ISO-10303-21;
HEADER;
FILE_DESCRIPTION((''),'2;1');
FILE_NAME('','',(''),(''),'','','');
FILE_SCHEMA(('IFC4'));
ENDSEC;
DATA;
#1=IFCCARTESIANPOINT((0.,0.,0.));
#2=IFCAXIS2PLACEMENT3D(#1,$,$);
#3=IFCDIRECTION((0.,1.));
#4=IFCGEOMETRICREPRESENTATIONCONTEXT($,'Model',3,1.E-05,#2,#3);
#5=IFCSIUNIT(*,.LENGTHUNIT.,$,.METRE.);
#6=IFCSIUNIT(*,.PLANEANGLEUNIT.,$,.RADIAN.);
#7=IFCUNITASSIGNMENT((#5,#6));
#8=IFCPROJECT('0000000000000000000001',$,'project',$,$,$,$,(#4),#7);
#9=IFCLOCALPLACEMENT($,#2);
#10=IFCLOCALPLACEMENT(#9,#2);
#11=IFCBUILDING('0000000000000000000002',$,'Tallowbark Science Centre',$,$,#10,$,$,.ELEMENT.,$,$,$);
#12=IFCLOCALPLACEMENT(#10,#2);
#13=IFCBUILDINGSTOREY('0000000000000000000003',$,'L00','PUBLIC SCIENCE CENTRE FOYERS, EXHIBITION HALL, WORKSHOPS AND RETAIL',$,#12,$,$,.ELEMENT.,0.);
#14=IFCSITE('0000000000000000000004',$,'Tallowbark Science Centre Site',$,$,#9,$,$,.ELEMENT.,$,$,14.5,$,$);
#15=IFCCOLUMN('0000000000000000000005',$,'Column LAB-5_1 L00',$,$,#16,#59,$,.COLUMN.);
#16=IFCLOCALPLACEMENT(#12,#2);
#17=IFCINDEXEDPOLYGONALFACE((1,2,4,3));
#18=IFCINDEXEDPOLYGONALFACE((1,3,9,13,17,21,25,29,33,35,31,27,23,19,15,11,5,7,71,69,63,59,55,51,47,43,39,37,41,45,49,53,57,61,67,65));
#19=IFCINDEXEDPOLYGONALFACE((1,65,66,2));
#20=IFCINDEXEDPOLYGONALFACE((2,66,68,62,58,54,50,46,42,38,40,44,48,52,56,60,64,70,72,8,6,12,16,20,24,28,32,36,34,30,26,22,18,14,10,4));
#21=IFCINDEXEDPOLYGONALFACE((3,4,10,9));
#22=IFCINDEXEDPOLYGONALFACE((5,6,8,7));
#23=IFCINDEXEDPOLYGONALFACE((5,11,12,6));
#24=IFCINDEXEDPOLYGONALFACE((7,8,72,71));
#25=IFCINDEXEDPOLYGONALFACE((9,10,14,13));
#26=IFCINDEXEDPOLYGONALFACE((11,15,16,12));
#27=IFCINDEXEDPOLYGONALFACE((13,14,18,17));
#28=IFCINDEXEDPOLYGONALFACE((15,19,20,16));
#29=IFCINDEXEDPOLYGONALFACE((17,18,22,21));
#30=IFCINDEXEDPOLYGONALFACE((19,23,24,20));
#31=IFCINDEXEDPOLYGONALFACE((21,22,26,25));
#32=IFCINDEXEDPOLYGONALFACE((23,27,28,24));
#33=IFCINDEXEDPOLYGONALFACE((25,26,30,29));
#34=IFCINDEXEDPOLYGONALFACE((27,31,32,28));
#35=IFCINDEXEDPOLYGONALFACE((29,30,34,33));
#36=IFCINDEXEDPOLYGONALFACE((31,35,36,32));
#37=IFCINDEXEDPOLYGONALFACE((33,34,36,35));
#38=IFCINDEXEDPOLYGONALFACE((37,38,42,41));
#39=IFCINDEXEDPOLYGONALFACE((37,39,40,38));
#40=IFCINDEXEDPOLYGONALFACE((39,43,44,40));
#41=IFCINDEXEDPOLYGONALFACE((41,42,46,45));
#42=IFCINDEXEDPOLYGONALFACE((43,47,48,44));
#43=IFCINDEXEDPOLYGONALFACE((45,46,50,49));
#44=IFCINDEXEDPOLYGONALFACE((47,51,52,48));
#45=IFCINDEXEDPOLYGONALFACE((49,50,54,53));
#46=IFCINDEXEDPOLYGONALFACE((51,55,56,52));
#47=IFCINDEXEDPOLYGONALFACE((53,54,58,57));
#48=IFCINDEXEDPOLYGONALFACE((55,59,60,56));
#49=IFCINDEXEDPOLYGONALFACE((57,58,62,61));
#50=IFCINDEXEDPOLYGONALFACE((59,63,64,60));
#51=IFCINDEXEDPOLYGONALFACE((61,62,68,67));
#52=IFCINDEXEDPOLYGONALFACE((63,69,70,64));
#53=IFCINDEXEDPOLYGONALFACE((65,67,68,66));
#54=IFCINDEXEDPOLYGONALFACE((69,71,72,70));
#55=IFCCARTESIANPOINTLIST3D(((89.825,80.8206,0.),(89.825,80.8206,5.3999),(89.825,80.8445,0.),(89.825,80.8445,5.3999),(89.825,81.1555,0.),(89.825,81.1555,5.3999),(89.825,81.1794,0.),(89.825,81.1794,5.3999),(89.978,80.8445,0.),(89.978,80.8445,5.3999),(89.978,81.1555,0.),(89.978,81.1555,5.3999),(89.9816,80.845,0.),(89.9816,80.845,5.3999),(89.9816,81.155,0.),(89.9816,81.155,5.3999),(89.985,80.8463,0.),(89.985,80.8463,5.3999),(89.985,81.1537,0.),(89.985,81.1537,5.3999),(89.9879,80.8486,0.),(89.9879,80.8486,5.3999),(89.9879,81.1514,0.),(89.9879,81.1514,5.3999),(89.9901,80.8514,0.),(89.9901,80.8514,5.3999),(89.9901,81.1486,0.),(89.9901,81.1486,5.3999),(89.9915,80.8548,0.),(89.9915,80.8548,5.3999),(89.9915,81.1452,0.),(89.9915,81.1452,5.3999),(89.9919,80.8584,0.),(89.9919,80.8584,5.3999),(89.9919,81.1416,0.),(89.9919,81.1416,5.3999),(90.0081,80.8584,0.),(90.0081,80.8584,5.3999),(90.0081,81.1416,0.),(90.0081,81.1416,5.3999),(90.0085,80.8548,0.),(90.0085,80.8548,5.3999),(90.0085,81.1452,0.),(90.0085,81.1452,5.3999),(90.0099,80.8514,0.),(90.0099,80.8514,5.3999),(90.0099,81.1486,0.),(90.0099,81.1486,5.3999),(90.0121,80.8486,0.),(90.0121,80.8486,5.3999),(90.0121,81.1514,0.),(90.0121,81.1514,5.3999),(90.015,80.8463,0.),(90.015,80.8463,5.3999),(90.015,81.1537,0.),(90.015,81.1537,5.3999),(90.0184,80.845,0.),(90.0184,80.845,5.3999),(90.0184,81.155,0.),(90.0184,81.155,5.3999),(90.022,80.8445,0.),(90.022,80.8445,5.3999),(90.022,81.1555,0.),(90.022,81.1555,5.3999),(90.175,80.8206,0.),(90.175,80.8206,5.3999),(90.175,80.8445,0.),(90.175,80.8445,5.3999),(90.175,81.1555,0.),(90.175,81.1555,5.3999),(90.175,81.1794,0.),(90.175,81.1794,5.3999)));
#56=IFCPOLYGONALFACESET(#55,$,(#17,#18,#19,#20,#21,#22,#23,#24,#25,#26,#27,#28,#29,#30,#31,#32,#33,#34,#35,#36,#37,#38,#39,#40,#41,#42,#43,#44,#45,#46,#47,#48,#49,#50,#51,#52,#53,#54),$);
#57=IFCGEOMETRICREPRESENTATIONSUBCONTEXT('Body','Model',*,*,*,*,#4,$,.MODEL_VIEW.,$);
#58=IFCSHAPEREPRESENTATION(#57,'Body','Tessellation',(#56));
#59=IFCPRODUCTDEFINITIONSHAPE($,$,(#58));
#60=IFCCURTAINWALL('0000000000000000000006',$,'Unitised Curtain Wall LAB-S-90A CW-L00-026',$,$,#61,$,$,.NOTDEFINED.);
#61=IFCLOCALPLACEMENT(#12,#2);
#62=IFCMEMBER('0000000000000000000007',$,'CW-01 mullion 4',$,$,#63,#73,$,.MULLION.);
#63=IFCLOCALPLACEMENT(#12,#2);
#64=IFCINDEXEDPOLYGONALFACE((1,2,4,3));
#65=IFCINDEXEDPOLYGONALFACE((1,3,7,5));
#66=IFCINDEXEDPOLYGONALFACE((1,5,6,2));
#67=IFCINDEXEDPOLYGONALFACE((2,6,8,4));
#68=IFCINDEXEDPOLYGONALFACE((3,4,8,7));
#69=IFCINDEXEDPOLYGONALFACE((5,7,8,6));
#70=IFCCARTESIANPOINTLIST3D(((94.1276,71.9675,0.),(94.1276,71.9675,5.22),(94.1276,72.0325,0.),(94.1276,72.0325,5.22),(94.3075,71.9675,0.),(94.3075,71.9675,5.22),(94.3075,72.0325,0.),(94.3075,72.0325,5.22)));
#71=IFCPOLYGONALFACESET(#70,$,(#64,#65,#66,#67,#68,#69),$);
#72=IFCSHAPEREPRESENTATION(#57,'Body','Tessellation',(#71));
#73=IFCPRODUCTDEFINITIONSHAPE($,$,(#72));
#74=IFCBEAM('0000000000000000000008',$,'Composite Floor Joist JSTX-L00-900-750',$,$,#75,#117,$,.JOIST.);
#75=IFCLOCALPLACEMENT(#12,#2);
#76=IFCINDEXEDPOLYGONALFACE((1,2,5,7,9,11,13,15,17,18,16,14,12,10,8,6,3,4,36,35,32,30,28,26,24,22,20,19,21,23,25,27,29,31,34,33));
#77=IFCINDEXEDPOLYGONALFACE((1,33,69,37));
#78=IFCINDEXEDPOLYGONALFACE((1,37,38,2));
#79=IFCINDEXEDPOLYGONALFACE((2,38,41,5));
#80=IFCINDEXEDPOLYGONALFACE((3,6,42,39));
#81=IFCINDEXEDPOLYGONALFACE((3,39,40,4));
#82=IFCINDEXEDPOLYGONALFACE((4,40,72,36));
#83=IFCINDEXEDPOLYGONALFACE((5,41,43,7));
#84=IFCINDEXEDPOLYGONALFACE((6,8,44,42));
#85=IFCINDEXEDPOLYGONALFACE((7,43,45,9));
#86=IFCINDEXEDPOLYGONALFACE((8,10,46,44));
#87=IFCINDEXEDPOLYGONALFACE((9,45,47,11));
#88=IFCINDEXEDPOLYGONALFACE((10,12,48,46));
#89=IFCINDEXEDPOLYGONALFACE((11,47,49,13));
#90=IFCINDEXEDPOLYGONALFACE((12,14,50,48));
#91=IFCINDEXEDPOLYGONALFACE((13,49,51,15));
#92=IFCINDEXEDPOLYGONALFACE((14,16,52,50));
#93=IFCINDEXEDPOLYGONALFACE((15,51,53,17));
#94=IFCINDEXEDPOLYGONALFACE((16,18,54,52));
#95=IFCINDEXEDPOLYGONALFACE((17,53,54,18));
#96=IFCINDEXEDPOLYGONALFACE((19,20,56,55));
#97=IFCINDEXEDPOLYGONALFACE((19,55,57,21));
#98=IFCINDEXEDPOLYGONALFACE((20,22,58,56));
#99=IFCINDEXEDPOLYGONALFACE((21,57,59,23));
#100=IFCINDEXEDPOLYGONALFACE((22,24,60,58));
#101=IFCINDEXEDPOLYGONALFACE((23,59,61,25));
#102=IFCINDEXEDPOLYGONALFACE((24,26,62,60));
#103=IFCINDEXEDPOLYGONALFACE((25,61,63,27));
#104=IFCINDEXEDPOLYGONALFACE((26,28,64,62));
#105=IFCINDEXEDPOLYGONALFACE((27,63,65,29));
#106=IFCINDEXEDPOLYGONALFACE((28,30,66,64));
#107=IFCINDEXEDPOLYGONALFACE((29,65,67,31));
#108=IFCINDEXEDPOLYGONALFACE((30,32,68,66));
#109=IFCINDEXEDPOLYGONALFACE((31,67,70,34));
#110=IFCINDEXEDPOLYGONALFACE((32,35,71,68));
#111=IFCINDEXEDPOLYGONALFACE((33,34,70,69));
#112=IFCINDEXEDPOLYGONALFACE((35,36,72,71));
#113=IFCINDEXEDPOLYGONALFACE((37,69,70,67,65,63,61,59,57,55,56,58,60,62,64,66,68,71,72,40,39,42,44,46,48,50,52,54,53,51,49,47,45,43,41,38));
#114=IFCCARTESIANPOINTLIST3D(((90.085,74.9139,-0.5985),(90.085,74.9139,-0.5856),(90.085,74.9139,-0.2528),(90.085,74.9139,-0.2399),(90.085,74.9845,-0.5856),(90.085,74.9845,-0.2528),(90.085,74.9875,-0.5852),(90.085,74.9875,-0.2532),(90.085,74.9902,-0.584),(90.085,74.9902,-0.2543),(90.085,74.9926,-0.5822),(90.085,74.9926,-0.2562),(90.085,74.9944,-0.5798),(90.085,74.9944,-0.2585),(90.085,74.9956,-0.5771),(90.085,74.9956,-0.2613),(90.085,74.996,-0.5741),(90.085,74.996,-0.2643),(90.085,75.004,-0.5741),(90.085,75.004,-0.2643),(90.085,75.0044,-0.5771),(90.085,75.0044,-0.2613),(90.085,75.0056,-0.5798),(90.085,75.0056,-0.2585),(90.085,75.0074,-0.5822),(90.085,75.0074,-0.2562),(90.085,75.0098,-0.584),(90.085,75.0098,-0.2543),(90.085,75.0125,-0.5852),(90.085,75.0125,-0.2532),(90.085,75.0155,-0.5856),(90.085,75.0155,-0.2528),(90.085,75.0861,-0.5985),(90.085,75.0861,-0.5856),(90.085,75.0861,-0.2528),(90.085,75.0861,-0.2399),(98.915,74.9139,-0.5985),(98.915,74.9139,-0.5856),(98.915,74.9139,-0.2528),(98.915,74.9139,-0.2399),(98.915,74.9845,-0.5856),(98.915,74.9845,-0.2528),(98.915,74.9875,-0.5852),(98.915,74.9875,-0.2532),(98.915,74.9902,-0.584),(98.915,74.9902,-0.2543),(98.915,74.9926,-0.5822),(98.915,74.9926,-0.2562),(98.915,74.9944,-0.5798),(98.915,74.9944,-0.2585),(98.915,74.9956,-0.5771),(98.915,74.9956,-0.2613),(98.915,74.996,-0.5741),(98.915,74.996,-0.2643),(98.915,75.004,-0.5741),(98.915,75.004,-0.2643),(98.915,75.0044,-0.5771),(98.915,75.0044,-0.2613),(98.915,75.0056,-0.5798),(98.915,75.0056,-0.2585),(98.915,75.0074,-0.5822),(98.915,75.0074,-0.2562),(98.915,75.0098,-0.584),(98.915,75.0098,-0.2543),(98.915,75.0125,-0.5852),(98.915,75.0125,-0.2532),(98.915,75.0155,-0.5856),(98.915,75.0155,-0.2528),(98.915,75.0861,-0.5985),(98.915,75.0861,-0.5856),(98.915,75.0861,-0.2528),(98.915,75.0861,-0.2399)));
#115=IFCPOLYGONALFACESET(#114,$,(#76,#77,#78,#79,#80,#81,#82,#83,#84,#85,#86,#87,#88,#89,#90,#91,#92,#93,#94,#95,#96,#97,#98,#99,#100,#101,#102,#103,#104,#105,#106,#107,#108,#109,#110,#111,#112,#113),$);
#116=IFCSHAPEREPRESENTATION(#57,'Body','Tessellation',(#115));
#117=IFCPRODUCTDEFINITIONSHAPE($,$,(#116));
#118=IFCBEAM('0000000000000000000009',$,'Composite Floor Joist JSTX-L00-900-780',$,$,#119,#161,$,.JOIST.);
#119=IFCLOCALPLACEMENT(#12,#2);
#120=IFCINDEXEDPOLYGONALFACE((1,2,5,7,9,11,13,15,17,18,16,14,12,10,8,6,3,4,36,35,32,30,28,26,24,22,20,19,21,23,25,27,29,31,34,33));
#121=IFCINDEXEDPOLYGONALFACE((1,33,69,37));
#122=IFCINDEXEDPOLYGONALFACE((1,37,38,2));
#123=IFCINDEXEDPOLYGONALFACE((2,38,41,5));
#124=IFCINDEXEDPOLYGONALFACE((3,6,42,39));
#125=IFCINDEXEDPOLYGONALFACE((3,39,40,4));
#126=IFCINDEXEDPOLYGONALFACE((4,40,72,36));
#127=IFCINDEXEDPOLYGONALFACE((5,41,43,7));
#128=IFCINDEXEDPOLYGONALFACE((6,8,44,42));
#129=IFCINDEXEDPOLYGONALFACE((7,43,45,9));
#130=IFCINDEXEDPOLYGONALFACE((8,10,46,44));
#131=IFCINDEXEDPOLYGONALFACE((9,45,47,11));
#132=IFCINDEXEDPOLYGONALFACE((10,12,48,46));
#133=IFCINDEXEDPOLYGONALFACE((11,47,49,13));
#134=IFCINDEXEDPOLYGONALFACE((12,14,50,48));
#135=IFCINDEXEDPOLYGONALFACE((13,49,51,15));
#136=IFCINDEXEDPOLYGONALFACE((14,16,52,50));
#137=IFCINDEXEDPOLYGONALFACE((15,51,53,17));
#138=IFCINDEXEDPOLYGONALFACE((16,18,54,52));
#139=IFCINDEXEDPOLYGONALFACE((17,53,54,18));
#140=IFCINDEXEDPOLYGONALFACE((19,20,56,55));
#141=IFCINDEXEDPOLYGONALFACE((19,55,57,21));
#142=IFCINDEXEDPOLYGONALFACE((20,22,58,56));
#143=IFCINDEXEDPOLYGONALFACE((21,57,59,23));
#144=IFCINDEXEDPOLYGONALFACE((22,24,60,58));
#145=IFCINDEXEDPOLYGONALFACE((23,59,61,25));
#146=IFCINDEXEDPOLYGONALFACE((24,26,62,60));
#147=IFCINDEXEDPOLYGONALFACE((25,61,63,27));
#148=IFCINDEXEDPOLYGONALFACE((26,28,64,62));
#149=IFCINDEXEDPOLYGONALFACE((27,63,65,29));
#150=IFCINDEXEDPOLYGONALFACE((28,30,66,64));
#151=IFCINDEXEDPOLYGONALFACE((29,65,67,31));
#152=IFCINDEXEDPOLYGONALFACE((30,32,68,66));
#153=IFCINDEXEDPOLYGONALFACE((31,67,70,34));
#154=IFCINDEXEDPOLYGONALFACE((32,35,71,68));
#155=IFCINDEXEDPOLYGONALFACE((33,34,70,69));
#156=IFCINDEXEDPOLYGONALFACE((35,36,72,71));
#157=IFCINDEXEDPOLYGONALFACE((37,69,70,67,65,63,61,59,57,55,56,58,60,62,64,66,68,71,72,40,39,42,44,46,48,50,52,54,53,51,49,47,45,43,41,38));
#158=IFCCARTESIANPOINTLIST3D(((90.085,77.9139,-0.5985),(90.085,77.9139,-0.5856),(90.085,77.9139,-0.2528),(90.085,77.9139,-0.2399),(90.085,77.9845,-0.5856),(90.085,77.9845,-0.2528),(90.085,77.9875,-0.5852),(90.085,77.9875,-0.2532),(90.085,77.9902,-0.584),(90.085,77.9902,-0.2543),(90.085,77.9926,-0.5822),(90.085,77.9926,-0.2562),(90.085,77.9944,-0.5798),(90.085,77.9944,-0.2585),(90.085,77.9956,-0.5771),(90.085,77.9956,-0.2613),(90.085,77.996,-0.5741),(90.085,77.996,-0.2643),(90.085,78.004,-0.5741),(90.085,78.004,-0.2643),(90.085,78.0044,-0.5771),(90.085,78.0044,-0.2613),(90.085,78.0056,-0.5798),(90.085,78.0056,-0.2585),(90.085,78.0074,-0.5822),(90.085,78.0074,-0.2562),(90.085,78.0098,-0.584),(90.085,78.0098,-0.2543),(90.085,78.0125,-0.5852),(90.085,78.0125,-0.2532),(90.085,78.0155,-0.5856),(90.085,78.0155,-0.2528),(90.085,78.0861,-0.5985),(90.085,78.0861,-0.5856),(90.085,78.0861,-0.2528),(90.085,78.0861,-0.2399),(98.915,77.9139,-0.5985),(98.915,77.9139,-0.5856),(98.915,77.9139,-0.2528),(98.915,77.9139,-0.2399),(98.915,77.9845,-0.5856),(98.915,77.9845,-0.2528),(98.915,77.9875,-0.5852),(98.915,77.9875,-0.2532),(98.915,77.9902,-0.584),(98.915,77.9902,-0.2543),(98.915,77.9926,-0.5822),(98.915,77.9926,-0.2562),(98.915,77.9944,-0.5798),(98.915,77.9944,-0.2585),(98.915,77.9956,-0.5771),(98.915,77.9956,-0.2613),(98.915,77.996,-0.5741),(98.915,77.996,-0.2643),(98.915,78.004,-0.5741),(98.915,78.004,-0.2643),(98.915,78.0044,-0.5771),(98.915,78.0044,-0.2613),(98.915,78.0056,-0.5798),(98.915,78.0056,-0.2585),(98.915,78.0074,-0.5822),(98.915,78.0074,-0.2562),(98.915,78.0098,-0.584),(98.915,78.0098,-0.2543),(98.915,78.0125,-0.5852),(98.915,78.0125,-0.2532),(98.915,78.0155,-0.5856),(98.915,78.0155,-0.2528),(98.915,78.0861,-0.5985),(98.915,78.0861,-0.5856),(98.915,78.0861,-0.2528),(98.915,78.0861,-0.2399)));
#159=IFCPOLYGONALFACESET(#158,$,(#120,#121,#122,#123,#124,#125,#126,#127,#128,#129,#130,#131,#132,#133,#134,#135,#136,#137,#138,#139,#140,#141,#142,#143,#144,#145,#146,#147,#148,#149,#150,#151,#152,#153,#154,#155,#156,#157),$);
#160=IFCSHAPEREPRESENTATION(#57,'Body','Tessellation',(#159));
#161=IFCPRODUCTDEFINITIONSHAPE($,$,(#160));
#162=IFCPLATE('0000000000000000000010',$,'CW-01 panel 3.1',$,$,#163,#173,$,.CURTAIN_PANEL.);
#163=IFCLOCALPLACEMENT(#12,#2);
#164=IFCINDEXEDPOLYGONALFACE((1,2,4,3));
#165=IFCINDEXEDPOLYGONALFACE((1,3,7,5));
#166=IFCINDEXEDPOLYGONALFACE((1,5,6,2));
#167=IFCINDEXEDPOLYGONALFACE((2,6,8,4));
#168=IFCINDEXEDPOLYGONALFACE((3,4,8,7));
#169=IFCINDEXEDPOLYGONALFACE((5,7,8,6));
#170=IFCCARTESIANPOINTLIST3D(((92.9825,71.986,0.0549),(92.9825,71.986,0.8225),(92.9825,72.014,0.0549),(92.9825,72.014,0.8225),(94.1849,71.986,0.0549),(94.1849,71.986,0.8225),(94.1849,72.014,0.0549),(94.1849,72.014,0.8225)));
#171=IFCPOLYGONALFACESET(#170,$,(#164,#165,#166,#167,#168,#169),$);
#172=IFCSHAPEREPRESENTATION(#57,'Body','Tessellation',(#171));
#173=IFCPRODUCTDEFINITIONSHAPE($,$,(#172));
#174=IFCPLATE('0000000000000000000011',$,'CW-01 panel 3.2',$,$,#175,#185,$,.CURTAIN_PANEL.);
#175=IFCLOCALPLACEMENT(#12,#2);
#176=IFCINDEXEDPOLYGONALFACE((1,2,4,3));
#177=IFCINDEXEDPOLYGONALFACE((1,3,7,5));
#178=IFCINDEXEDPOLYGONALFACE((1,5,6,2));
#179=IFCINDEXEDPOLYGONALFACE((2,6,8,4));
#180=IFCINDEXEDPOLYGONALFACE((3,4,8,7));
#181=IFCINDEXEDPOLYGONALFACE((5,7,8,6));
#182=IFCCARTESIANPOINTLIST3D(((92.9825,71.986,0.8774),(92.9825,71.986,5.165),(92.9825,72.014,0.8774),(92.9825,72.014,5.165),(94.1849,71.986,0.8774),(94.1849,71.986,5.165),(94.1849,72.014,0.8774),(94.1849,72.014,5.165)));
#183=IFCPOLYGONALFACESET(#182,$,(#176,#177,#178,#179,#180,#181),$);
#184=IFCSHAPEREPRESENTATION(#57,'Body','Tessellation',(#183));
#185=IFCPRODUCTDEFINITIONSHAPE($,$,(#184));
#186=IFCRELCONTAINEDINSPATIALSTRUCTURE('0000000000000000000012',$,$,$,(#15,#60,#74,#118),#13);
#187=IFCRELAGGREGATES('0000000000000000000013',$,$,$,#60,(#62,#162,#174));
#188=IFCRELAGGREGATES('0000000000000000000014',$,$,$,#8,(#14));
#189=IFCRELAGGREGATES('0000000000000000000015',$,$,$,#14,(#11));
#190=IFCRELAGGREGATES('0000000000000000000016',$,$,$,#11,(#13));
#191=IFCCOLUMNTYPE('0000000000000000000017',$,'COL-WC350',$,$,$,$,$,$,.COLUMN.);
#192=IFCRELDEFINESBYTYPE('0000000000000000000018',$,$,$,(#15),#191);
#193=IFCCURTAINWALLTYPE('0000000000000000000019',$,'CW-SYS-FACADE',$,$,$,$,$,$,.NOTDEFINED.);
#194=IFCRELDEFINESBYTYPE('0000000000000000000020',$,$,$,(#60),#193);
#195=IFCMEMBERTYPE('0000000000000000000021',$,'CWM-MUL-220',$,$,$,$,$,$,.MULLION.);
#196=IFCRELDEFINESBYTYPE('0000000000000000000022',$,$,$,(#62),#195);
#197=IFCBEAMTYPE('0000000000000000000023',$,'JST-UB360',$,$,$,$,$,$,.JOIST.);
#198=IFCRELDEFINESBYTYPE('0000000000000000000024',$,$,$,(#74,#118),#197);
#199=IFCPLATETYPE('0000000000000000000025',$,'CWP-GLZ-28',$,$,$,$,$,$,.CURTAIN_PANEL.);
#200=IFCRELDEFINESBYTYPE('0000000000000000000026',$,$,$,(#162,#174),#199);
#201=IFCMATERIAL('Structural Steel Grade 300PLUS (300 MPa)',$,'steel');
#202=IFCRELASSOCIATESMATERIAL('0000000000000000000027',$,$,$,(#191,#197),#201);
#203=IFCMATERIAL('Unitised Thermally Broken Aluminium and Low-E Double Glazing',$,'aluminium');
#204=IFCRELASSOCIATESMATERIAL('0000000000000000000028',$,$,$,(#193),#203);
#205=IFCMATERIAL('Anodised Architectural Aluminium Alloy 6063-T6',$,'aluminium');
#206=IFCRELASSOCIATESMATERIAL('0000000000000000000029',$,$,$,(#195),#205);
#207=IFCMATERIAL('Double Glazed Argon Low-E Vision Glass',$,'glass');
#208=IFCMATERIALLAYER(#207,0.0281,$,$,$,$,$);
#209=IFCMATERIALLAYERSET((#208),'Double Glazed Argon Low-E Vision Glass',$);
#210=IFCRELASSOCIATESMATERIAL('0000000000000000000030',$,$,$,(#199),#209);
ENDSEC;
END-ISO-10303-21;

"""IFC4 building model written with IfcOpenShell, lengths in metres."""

from ifc_helpers import new_model, si_unit, direction, frame, origin, origin_2d, place, context, subcontext, project, spatial, rectangle, i_section, extrude, material, layer, layer_set, material_profile, profile_set, type_object, element, aggregate, save


model = new_model("IFC4")

# Units and contexts
model_context = context("Model", 3, precision=1e-05, world=origin(), true_north=direction((0.0, 1.0)))
body_context = subcontext(model_context, "Body", "Model", "MODEL_VIEW")
ifc_project = project(units=[si_unit("LENGTHUNIT", "METRE"), si_unit("PLANEANGLEUNIT", "RADIAN")], contexts=[model_context])

# Site, building, storey
site_placement = place(None, origin())
site = spatial("IfcSite", under=ifc_project, at=site_placement, Name="Tallowbark Science Centre Site", CompositionType="ELEMENT", RefElevation=14.5)
building_placement = place(site_placement, origin())
building = spatial("IfcBuilding", under=site, at=building_placement, Name="Tallowbark Science Centre", CompositionType="ELEMENT")
storey_placement = place(building_placement, origin())
storey = spatial("IfcBuildingStorey", under=building, at=storey_placement, Name="L00", Description="PUBLIC SCIENCE CENTRE FOYERS, EXHIBITION HALL, WORKSHOPS AND RETAIL", CompositionType="ELEMENT", Elevation=0.0)

# Column
ifc_material_1 = material(Name="Structural Steel Grade 300PLUS (300 MPa)", Category="steel")
ifc_material_profile_1 = material_profile(ifc_material_1, i_section(OverallWidth=0.3501, OverallDepth=0.3589, WebThickness=0.0161, FlangeThickness=0.0239, FilletRadius=0.0139, at=origin_2d()), Name="350WC197")
ifc_profile_set_1 = profile_set([ifc_material_profile_1], Name="Structural Steel Grade 300PLUS (300 MPa)")
column_type = type_object("IfcColumnType", Name="COL-WC350", PredefinedType="COLUMN", material=ifc_profile_set_1)
column_placement = place(storey_placement, frame((90.0, 81.0, 0.0), z_axis=(0.0, 0.0, 1.0), x_axis=(1.0, 0.0, 0.0)))
element("IfcColumn", 1, at=column_placement, inside=storey, type_object=column_type, Name="Column LAB-5_1 L00", PredefinedType="COLUMN", context=body_context, shape_type="SweptSolid", body=[
    extrude(i_section(OverallWidth=0.3501, OverallDepth=0.3589, WebThickness=0.0161, FlangeThickness=0.0239, FilletRadius=0.0139, at=origin_2d()), origin(), (0.0, 0.0, 1.0), 5.3999),
])

# Curtain wall, member
ifc_material_2 = material(Name="Unitised Thermally Broken Aluminium and Low-E Double Glazing", Category="aluminium")
curtain_wall_type = type_object("IfcCurtainWallType", Name="CW-SYS-FACADE", PredefinedType="NOTDEFINED", material=ifc_material_2)
curtain_wall_placement = place(storey_placement, origin())
curtain_wall = element("IfcCurtainWall", 2, at=curtain_wall_placement, inside=storey, type_object=curtain_wall_type, Name="Unitised Curtain Wall LAB-S-90A CW-L00-026", PredefinedType="NOTDEFINED")
ifc_material_3 = material(Name="Anodised Architectural Aluminium Alloy 6063-T6", Category="aluminium")
ifc_material_profile_2 = material_profile(ifc_material_3, rectangle(XDim=0.0649, YDim=0.1799, at=origin_2d()), Name="ALU65x180")
ifc_profile_set_2 = profile_set([ifc_material_profile_2], Name="Anodised Architectural Aluminium Alloy 6063-T6")
member_type = type_object("IfcMemberType", Name="CWM-MUL-220", PredefinedType="MULLION", material=ifc_profile_set_2)
member_placement = place(storey_placement, frame((94.2175, 72.0, 0.0), z_axis=(0.0, 0.0, 1.0), x_axis=(0.0, 1.0, 0.0)))
member = element("IfcMember", 3, at=member_placement, type_object=member_type, Name="CW-01 mullion 4", PredefinedType="MULLION", context=body_context, shape_type="SweptSolid", body=[
    extrude(rectangle(XDim=0.0649, YDim=0.1799, at=origin_2d()), origin(), (0.0, 0.0, 1.0), 5.22),
])

# Beams
ifc_material_profile_3 = material_profile(ifc_material_1, i_section(OverallWidth=0.1721, OverallDepth=0.3586, WebThickness=0.0081, FlangeThickness=0.0129, FilletRadius=0.0115, at=origin_2d()), Name="360UB56.7")
ifc_profile_set_3 = profile_set([ifc_material_profile_3], Name="Structural Steel Grade 300PLUS (300 MPa)")
beam_type = type_object("IfcBeamType", Name="JST-UB360", PredefinedType="JOIST", material=ifc_profile_set_3)
for number, where, z_axis, x_axis, name in (
    (4, (90.085, 75.0, -0.4192), (1.0, 0.0, 0.0), (0.0, 1.0, 0.0), "Composite Floor Joist JSTX-L00-900-750"),
    (5, (90.085, 78.0, -0.4192), (1.0, 0.0, 0.0), (0.0, 1.0, 0.0), "Composite Floor Joist JSTX-L00-900-780"),
):
    element("IfcBeam", number, at=place(storey_placement, frame(where, z_axis=z_axis, x_axis=x_axis)), inside=storey, type_object=beam_type, Name=name, PredefinedType="JOIST", context=body_context, shape_type="SweptSolid", body=[
        extrude(i_section(OverallWidth=0.1721, OverallDepth=0.3586, WebThickness=0.0081, FlangeThickness=0.0129, FilletRadius=0.0115, at=origin_2d()), origin(), (0.0, 0.0, 1.0), 8.8301),
    ])

# Plates
ifc_material_4 = material(Name="Double Glazed Argon Low-E Vision Glass", Category="glass")
ifc_layer_1 = layer(ifc_material_4, 0.0281)
ifc_layer_set_1 = layer_set([ifc_layer_1], Name="Double Glazed Argon Low-E Vision Glass")
plate_type = type_object("IfcPlateType", Name="CWP-GLZ-28", PredefinedType="CURTAIN_PANEL", material=ifc_layer_set_1)
plate_1_placement = place(storey_placement, frame((93.5837, 72.0, 0.0549), z_axis=(0.0, 0.0, 1.0), x_axis=(1.0, 0.0, 0.0)))
plate_1 = element("IfcPlate", 6, at=plate_1_placement, type_object=plate_type, Name="CW-01 panel 3.1", PredefinedType="CURTAIN_PANEL", context=body_context, shape_type="SweptSolid", body=[
    extrude(rectangle(XDim=1.2024, YDim=0.0281, at=origin_2d()), origin(), (0.0, 0.0, 1.0), 0.7676),
])
plate_2_placement = place(storey_placement, frame((93.5837, 72.0, 0.8774), z_axis=(0.0, 0.0, 1.0), x_axis=(1.0, 0.0, 0.0)))
plate_2 = element("IfcPlate", 7, at=plate_2_placement, type_object=plate_type, Name="CW-01 panel 3.2", PredefinedType="CURTAIN_PANEL", context=body_context, shape_type="SweptSolid", body=[
    extrude(rectangle(XDim=1.2024, YDim=0.0281, at=origin_2d()), origin(), (0.0, 0.0, 1.0), 4.2876),
])
aggregate(curtain_wall, [member, plate_1, plate_2])

save(model, "model.ifc")
